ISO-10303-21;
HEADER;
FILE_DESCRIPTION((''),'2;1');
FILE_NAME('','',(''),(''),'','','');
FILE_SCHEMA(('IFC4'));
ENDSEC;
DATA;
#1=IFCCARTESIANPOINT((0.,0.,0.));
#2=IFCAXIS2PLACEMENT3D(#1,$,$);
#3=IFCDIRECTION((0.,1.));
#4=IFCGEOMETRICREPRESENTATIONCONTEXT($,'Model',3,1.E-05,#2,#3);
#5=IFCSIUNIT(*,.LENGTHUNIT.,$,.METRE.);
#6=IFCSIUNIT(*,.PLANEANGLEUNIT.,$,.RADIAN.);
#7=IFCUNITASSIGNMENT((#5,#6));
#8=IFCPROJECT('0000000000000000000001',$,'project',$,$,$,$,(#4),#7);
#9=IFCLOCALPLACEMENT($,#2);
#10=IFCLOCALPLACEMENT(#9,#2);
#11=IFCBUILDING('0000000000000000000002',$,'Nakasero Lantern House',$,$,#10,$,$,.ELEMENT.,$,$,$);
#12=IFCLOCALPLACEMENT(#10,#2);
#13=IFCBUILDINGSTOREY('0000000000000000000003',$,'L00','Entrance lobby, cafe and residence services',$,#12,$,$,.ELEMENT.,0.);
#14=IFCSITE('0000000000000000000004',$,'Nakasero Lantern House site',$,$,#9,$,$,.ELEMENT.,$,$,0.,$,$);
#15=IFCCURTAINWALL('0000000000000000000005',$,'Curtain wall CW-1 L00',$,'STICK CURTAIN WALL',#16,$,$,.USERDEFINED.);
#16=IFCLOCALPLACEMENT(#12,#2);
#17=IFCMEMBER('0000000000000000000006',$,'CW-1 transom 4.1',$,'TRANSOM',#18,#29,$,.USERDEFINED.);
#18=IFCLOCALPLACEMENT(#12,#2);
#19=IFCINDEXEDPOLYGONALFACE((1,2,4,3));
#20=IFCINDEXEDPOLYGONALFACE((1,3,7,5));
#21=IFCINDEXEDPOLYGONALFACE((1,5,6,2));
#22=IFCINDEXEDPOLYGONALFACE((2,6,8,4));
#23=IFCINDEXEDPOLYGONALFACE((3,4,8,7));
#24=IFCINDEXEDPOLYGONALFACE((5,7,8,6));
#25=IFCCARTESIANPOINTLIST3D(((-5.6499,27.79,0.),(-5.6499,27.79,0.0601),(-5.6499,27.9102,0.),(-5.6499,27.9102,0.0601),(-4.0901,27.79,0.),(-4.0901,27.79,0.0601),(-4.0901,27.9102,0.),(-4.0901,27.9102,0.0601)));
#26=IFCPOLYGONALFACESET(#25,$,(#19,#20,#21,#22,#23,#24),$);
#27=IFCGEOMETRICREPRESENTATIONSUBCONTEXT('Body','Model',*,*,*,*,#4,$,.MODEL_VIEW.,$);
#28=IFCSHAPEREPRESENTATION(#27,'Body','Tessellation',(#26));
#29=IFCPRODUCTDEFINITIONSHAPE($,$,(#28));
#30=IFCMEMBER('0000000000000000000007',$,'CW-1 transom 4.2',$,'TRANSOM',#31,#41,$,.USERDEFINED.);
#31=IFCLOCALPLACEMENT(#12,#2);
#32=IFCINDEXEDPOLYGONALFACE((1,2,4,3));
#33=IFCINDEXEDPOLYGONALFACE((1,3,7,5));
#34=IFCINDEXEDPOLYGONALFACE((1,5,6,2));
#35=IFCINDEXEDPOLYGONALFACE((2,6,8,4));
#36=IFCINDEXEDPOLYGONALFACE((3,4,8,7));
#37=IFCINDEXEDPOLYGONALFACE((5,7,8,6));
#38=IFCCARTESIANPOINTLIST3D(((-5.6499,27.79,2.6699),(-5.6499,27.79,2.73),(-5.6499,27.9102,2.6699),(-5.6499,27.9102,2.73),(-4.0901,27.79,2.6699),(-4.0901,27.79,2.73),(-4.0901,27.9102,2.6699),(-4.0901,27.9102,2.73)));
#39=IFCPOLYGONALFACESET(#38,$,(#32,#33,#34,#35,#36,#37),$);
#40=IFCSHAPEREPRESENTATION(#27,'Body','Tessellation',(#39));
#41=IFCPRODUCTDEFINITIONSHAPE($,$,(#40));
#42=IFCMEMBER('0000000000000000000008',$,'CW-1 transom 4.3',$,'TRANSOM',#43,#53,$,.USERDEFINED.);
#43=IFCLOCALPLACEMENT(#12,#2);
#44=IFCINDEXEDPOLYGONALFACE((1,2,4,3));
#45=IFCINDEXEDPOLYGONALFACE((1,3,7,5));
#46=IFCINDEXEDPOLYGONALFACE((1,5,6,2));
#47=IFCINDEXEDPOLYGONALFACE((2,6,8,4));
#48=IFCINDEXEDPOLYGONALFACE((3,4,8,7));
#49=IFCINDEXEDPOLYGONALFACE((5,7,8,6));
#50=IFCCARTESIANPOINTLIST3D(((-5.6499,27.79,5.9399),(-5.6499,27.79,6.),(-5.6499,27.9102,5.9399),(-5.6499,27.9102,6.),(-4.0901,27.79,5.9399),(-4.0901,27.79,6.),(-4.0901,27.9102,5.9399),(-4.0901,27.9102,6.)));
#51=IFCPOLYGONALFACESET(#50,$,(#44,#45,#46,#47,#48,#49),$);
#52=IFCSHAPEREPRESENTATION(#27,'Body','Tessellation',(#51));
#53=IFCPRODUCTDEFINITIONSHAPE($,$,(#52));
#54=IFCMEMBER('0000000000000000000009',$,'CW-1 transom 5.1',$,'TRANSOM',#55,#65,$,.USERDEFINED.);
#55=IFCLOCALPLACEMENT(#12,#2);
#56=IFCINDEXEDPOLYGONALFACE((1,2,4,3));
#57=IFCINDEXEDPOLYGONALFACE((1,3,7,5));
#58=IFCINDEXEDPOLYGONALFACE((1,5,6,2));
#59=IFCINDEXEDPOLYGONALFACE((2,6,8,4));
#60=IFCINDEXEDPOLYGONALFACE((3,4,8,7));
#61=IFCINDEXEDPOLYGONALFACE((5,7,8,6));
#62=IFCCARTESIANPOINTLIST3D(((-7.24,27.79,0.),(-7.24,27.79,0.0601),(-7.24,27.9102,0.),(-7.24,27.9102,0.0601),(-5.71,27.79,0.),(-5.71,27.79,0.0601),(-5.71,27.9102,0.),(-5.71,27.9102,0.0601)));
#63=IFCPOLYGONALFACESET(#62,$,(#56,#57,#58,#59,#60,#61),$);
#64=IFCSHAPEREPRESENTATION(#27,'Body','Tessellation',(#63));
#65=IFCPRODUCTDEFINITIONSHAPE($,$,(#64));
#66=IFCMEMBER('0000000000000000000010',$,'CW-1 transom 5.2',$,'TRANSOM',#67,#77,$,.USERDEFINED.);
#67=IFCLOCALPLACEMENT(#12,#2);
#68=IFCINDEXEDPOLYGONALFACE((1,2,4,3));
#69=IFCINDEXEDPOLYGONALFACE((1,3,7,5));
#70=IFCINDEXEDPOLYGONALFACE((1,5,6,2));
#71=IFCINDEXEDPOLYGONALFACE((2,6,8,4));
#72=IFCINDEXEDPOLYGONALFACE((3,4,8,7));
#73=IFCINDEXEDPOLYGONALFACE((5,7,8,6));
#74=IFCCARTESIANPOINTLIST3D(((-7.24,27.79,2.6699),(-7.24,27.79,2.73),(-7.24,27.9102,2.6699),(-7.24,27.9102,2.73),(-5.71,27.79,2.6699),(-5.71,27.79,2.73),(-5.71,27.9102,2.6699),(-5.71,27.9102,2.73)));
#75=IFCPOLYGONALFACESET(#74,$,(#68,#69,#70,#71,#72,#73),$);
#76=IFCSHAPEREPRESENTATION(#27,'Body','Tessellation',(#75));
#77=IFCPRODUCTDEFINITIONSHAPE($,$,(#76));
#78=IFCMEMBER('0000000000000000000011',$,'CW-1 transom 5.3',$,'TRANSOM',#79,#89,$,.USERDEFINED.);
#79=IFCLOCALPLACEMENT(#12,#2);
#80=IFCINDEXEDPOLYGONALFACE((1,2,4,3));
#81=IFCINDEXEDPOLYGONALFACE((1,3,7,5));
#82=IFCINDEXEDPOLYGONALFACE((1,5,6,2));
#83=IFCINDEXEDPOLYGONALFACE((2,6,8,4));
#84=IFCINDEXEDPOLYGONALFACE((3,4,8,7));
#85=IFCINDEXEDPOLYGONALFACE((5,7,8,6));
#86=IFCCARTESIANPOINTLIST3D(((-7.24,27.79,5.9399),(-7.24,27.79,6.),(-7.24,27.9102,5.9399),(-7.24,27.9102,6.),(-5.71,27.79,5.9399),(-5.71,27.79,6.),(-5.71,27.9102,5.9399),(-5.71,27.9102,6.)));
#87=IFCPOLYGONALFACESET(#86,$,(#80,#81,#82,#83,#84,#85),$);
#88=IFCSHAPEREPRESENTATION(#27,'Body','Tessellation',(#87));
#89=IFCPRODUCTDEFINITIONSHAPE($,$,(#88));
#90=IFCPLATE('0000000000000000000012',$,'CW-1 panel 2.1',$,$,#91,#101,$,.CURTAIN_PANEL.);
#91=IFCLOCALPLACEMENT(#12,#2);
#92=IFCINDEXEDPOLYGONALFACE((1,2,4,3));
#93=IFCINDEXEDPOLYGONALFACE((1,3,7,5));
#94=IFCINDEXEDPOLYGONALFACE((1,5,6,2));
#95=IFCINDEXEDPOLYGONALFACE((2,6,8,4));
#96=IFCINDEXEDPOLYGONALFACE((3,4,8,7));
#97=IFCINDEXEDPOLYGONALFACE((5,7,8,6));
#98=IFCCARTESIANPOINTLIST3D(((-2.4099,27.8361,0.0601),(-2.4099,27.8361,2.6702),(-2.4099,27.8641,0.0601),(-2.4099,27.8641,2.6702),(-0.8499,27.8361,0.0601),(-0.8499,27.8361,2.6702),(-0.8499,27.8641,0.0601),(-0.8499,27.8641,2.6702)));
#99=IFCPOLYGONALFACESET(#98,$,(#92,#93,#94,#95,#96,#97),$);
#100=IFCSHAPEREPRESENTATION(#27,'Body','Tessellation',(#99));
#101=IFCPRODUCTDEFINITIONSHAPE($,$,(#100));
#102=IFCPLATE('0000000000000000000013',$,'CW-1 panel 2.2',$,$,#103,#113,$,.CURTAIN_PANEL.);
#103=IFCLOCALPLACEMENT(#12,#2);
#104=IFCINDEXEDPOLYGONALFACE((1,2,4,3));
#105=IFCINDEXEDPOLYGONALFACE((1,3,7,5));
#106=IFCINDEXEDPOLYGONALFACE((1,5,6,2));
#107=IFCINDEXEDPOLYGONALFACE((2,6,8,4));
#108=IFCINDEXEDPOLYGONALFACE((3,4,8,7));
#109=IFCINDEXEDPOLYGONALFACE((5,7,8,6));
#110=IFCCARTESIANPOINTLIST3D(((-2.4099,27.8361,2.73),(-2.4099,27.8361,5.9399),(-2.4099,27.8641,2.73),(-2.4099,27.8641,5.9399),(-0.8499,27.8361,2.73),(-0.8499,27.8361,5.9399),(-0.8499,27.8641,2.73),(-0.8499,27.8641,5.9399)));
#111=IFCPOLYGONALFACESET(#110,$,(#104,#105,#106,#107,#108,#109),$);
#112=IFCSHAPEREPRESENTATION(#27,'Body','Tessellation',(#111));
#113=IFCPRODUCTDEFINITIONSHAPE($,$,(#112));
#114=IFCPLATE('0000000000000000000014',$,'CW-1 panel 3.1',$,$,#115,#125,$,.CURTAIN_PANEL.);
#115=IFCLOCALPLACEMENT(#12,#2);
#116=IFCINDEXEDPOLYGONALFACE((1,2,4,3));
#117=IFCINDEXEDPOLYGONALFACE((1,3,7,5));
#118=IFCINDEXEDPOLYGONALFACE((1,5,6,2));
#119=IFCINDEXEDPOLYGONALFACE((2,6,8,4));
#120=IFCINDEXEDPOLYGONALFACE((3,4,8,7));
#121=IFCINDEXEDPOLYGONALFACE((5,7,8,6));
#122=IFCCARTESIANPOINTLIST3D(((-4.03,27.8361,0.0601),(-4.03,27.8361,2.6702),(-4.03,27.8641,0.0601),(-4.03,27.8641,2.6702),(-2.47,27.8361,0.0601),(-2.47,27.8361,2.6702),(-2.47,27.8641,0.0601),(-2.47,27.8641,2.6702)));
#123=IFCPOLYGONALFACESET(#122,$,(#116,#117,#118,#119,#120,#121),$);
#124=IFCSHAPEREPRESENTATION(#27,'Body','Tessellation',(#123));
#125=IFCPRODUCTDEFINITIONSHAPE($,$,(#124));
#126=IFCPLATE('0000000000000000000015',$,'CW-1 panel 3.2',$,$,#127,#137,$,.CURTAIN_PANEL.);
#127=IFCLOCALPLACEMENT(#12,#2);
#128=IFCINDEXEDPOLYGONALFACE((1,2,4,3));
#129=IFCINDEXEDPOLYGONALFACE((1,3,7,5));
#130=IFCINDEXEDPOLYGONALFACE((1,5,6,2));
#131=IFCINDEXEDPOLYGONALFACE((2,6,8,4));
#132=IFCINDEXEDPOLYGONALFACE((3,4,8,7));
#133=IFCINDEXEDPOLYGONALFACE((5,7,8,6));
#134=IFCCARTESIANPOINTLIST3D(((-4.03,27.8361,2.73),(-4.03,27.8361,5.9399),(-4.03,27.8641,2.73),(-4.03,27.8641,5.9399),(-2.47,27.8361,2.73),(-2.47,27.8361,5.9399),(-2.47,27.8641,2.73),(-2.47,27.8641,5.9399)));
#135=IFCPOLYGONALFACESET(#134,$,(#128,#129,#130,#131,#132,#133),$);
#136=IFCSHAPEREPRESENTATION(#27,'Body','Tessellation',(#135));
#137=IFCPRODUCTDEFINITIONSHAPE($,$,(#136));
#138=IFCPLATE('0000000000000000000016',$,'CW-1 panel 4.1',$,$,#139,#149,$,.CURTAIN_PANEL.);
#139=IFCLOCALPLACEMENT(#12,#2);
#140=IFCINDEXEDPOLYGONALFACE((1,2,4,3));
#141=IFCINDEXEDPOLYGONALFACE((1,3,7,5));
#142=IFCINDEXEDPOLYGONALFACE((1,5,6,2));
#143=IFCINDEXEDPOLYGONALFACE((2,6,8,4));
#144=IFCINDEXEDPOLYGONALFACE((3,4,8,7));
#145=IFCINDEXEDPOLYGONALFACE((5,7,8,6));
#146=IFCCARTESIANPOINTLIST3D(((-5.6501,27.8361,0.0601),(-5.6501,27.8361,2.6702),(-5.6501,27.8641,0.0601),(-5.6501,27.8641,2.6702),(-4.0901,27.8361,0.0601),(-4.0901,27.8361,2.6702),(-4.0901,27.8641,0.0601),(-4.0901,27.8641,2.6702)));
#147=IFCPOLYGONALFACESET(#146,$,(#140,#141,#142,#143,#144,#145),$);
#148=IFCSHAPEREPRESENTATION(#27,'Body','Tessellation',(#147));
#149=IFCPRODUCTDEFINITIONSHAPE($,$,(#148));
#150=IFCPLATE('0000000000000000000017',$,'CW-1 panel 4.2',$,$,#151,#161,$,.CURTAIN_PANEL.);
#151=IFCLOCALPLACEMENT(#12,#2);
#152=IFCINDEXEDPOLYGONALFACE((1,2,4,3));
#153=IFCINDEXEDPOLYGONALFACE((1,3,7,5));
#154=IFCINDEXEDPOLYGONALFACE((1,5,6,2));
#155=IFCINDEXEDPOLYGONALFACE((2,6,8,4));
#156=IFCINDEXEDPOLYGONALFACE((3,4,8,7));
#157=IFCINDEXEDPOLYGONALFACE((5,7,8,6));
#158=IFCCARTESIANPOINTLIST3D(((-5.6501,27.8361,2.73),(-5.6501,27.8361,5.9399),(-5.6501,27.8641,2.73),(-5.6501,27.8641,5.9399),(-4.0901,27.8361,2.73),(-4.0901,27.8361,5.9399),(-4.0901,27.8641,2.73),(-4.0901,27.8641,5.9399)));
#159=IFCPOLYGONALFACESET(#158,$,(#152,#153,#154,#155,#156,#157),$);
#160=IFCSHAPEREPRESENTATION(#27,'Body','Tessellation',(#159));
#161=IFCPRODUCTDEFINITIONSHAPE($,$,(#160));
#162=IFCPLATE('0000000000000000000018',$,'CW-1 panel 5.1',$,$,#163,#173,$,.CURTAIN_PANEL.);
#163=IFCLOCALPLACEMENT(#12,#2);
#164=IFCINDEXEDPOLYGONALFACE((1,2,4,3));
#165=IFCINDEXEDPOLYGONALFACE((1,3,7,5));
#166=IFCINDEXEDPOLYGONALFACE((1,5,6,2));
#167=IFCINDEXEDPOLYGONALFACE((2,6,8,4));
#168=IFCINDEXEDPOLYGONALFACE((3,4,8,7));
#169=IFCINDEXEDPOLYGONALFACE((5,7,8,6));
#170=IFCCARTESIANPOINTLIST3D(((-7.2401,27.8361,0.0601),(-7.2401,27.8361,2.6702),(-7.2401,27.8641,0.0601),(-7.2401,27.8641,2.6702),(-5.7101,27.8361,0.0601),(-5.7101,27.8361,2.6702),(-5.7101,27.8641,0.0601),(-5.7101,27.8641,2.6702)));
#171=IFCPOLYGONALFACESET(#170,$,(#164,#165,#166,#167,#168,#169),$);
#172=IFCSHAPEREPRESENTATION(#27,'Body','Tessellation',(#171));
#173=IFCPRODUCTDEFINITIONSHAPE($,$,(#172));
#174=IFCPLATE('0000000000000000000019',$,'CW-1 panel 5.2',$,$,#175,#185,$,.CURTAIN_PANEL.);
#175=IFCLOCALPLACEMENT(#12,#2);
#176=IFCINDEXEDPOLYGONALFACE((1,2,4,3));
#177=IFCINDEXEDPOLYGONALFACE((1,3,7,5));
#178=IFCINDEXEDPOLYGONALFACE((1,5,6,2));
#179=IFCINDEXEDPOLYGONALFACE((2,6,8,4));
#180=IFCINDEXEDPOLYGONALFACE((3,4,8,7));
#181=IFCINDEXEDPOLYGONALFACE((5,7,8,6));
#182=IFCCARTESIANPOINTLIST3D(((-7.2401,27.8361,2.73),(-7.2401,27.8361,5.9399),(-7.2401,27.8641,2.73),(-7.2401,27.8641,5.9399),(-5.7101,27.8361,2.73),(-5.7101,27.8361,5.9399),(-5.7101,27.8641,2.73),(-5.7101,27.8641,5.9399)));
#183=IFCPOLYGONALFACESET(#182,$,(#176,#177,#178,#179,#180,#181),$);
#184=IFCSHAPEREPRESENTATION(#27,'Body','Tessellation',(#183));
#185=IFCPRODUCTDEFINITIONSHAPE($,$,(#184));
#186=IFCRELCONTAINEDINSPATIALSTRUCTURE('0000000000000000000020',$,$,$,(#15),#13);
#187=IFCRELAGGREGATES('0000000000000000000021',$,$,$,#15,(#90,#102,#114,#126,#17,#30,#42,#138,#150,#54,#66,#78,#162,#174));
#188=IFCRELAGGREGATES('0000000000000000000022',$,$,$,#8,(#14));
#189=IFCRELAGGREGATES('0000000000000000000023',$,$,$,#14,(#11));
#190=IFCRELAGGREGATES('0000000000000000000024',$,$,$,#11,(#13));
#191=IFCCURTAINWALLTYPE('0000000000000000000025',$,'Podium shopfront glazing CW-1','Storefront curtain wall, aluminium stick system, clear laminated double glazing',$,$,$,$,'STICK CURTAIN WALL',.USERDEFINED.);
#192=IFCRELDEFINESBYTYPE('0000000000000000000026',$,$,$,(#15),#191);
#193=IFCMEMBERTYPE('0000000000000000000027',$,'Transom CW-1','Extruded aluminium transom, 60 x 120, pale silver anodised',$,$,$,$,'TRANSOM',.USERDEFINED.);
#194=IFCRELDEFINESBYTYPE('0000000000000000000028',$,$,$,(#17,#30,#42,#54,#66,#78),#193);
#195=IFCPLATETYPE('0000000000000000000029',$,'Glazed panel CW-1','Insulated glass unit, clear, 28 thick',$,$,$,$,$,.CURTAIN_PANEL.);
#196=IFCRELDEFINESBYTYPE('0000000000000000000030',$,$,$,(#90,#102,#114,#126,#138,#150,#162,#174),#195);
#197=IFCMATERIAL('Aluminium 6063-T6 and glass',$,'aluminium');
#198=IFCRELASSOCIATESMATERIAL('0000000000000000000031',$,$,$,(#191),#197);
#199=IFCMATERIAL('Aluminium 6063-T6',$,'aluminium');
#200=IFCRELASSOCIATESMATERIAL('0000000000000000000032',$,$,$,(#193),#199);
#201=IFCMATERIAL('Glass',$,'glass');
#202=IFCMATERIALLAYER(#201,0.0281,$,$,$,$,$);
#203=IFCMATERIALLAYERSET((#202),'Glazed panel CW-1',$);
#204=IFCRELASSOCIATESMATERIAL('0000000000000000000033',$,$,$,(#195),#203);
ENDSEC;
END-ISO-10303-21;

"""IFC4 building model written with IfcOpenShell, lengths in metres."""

from ifc_helpers import new_model, si_unit, direction, frame, origin, origin_2d, place, context, subcontext, project, spatial, rectangle, extrude, material, layer, layer_set, material_profile, profile_set, type_object, element, aggregate, save


model = new_model("IFC4")

# Units and contexts
model_context = context("Model", 3, precision=1e-05, world=origin(), true_north=direction((0.0, 1.0)))
body_context = subcontext(model_context, "Body", "Model", "MODEL_VIEW")
ifc_project = project(units=[si_unit("LENGTHUNIT", "METRE"), si_unit("PLANEANGLEUNIT", "RADIAN")], contexts=[model_context])

# Site, building, storey
site_placement = place(None, origin())
site = spatial("IfcSite", under=ifc_project, at=site_placement, Name="Nakasero Lantern House site", CompositionType="ELEMENT", RefElevation=0.0)
building_placement = place(site_placement, origin())
building = spatial("IfcBuilding", under=site, at=building_placement, Name="Nakasero Lantern House", CompositionType="ELEMENT")
storey_placement = place(building_placement, origin())
storey = spatial("IfcBuildingStorey", under=building, at=storey_placement, Name="L00", Description="Entrance lobby, cafe and residence services", CompositionType="ELEMENT", Elevation=0.0)

# Curtain wall
ifc_material_1 = material(Name="Aluminium 6063-T6 and glass", Category="aluminium")
curtain_wall_type = type_object("IfcCurtainWallType", Name="Podium shopfront glazing CW-1", Description="Storefront curtain wall, aluminium stick system, clear laminated double glazing", ElementType="STICK CURTAIN WALL", PredefinedType="USERDEFINED", material=ifc_material_1)
curtain_wall_placement = place(storey_placement, origin())
curtain_wall = element("IfcCurtainWall", 1, at=curtain_wall_placement, inside=storey, type_object=curtain_wall_type, Name="Curtain wall CW-1 L00", ObjectType="STICK CURTAIN WALL", PredefinedType="USERDEFINED")

# Members
ifc_material_2 = material(Name="Aluminium 6063-T6", Category="aluminium")
ifc_material_profile_1 = material_profile(ifc_material_2, rectangle(XDim=0.0601, YDim=0.1201, at=origin_2d()), Name="CW-1 transom 60x120")
ifc_profile_set_1 = profile_set([ifc_material_profile_1], Name="Aluminium 6063-T6")
member_type_1 = type_object("IfcMemberType", Name="Transom CW-1", Description="Extruded aluminium transom, 60 x 120, pale silver anodised", ElementType="TRANSOM", PredefinedType="USERDEFINED", material=ifc_profile_set_1)
member_1_placement = place(storey_placement, frame((-4.0901, 27.8501, 0.03), z_axis=(-1.0, 0.0, 0.0), x_axis=(0.0, 0.0, 1.0)))
member_1 = element("IfcMember", 2, at=member_1_placement, type_object=member_type_1, Name="CW-1 transom 4.1", ObjectType="TRANSOM", PredefinedType="USERDEFINED", context=body_context, shape_type="SweptSolid", body=[
    extrude(rectangle(XDim=0.0601, YDim=0.1201, at=origin_2d()), origin(), (0.0, 0.0, 1.0), 1.5598),
])
member_2_placement = place(storey_placement, frame((-4.0901, 27.8501, 2.7), z_axis=(-1.0, 0.0, 0.0), x_axis=(0.0, 0.0, 1.0)))
member_2 = element("IfcMember", 3, at=member_2_placement, type_object=member_type_1, Name="CW-1 transom 4.2", ObjectType="TRANSOM", PredefinedType="USERDEFINED", context=body_context, shape_type="SweptSolid", body=[
    extrude(rectangle(XDim=0.0601, YDim=0.1201, at=origin_2d()), origin(), (0.0, 0.0, 1.0), 1.5598),
])
member_3_placement = place(storey_placement, frame((-4.0901, 27.8501, 5.97), z_axis=(-1.0, 0.0, 0.0), x_axis=(0.0, 0.0, 1.0)))
member_3 = element("IfcMember", 4, at=member_3_placement, type_object=member_type_1, Name="CW-1 transom 4.3", ObjectType="TRANSOM", PredefinedType="USERDEFINED", context=body_context, shape_type="SweptSolid", body=[
    extrude(rectangle(XDim=0.0601, YDim=0.1201, at=origin_2d()), origin(), (0.0, 0.0, 1.0), 1.5598),
])
member_4_placement = place(storey_placement, frame((-5.71, 27.8501, 0.03), z_axis=(-1.0, 0.0, 0.0), x_axis=(0.0, 0.0, 1.0)))
member_4 = element("IfcMember", 5, at=member_4_placement, type_object=member_type_1, Name="CW-1 transom 5.1", ObjectType="TRANSOM", PredefinedType="USERDEFINED", context=body_context, shape_type="SweptSolid", body=[
    extrude(rectangle(XDim=0.0601, YDim=0.1201, at=origin_2d()), origin(), (0.0, 0.0, 1.0), 1.53),
])
member_5_placement = place(storey_placement, frame((-5.71, 27.8501, 2.7), z_axis=(-1.0, 0.0, 0.0), x_axis=(0.0, 0.0, 1.0)))
member_5 = element("IfcMember", 6, at=member_5_placement, type_object=member_type_1, Name="CW-1 transom 5.2", ObjectType="TRANSOM", PredefinedType="USERDEFINED", context=body_context, shape_type="SweptSolid", body=[
    extrude(rectangle(XDim=0.0601, YDim=0.1201, at=origin_2d()), origin(), (0.0, 0.0, 1.0), 1.53),
])
member_6_placement = place(storey_placement, frame((-5.71, 27.8501, 5.97), z_axis=(-1.0, 0.0, 0.0), x_axis=(0.0, 0.0, 1.0)))
member_6 = element("IfcMember", 7, at=member_6_placement, type_object=member_type_1, Name="CW-1 transom 5.3", ObjectType="TRANSOM", PredefinedType="USERDEFINED", context=body_context, shape_type="SweptSolid", body=[
    extrude(rectangle(XDim=0.0601, YDim=0.1201, at=origin_2d()), origin(), (0.0, 0.0, 1.0), 1.53),
])

# Plates
ifc_material_3 = material(Name="Glass", Category="glass")
ifc_layer_1 = layer(ifc_material_3, 0.0281)
ifc_layer_set_1 = layer_set([ifc_layer_1], Name="Glazed panel CW-1")
plate_type = type_object("IfcPlateType", Name="Glazed panel CW-1", Description="Insulated glass unit, clear, 28 thick", PredefinedType="CURTAIN_PANEL", material=ifc_layer_set_1)
plate_1_placement = place(storey_placement, frame((-1.6299, 27.8501, 0.0601), z_axis=(0.0, 0.0, 1.0), x_axis=(-1.0, 0.0, 0.0)))
plate_1 = element("IfcPlate", 8, at=plate_1_placement, type_object=plate_type, Name="CW-1 panel 2.1", PredefinedType="CURTAIN_PANEL", context=body_context, shape_type="SweptSolid", body=[
    extrude(rectangle(XDim=1.5601, YDim=0.0281, at=origin_2d()), origin(), (0.0, 0.0, 1.0), 2.6101),
])
plate_2_placement = place(storey_placement, frame((-1.6299, 27.8501, 2.73), z_axis=(0.0, 0.0, 1.0), x_axis=(-1.0, 0.0, 0.0)))
plate_2 = element("IfcPlate", 9, at=plate_2_placement, type_object=plate_type, Name="CW-1 panel 2.2", PredefinedType="CURTAIN_PANEL", context=body_context, shape_type="SweptSolid", body=[
    extrude(rectangle(XDim=1.5601, YDim=0.0281, at=origin_2d()), origin(), (0.0, 0.0, 1.0), 3.21),
])
plate_3_placement = place(storey_placement, frame((-3.25, 27.8501, 0.0601), z_axis=(0.0, 0.0, 1.0), x_axis=(-1.0, 0.0, 0.0)))
plate_3 = element("IfcPlate", 10, at=plate_3_placement, type_object=plate_type, Name="CW-1 panel 3.1", PredefinedType="CURTAIN_PANEL", context=body_context, shape_type="SweptSolid", body=[
    extrude(rectangle(XDim=1.5601, YDim=0.0281, at=origin_2d()), origin(), (0.0, 0.0, 1.0), 2.6101),
])
plate_4_placement = place(storey_placement, frame((-3.25, 27.8501, 2.73), z_axis=(0.0, 0.0, 1.0), x_axis=(-1.0, 0.0, 0.0)))
plate_4 = element("IfcPlate", 11, at=plate_4_placement, type_object=plate_type, Name="CW-1 panel 3.2", PredefinedType="CURTAIN_PANEL", context=body_context, shape_type="SweptSolid", body=[
    extrude(rectangle(XDim=1.5601, YDim=0.0281, at=origin_2d()), origin(), (0.0, 0.0, 1.0), 3.21),
])
plate_5_placement = place(storey_placement, frame((-4.8701, 27.8501, 0.0601), z_axis=(0.0, 0.0, 1.0), x_axis=(-1.0, 0.0, 0.0)))
plate_5 = element("IfcPlate", 12, at=plate_5_placement, type_object=plate_type, Name="CW-1 panel 4.1", PredefinedType="CURTAIN_PANEL", context=body_context, shape_type="SweptSolid", body=[
    extrude(rectangle(XDim=1.5601, YDim=0.0281, at=origin_2d()), origin(), (0.0, 0.0, 1.0), 2.6101),
])
plate_6_placement = place(storey_placement, frame((-4.8701, 27.8501, 2.73), z_axis=(0.0, 0.0, 1.0), x_axis=(-1.0, 0.0, 0.0)))
plate_6 = element("IfcPlate", 13, at=plate_6_placement, type_object=plate_type, Name="CW-1 panel 4.2", PredefinedType="CURTAIN_PANEL", context=body_context, shape_type="SweptSolid", body=[
    extrude(rectangle(XDim=1.5601, YDim=0.0281, at=origin_2d()), origin(), (0.0, 0.0, 1.0), 3.21),
])
plate_7_placement = place(storey_placement, frame((-6.4751, 27.8501, 0.0601), z_axis=(0.0, 0.0, 1.0), x_axis=(-1.0, 0.0, 0.0)))
plate_7 = element("IfcPlate", 14, at=plate_7_placement, type_object=plate_type, Name="CW-1 panel 5.1", PredefinedType="CURTAIN_PANEL", context=body_context, shape_type="SweptSolid", body=[
    extrude(rectangle(XDim=1.53, YDim=0.0281, at=origin_2d()), origin(), (0.0, 0.0, 1.0), 2.6101),
])
plate_8_placement = place(storey_placement, frame((-6.4751, 27.8501, 2.73), z_axis=(0.0, 0.0, 1.0), x_axis=(-1.0, 0.0, 0.0)))
plate_8 = element("IfcPlate", 15, at=plate_8_placement, type_object=plate_type, Name="CW-1 panel 5.2", PredefinedType="CURTAIN_PANEL", context=body_context, shape_type="SweptSolid", body=[
    extrude(rectangle(XDim=1.53, YDim=0.0281, at=origin_2d()), origin(), (0.0, 0.0, 1.0), 3.21),
])
aggregate(curtain_wall, [plate_1, plate_2, plate_3, plate_4, member_1, member_2, member_3, plate_5, plate_6, member_4, member_5, member_6, plate_7, plate_8])

save(model, "model.ifc")
